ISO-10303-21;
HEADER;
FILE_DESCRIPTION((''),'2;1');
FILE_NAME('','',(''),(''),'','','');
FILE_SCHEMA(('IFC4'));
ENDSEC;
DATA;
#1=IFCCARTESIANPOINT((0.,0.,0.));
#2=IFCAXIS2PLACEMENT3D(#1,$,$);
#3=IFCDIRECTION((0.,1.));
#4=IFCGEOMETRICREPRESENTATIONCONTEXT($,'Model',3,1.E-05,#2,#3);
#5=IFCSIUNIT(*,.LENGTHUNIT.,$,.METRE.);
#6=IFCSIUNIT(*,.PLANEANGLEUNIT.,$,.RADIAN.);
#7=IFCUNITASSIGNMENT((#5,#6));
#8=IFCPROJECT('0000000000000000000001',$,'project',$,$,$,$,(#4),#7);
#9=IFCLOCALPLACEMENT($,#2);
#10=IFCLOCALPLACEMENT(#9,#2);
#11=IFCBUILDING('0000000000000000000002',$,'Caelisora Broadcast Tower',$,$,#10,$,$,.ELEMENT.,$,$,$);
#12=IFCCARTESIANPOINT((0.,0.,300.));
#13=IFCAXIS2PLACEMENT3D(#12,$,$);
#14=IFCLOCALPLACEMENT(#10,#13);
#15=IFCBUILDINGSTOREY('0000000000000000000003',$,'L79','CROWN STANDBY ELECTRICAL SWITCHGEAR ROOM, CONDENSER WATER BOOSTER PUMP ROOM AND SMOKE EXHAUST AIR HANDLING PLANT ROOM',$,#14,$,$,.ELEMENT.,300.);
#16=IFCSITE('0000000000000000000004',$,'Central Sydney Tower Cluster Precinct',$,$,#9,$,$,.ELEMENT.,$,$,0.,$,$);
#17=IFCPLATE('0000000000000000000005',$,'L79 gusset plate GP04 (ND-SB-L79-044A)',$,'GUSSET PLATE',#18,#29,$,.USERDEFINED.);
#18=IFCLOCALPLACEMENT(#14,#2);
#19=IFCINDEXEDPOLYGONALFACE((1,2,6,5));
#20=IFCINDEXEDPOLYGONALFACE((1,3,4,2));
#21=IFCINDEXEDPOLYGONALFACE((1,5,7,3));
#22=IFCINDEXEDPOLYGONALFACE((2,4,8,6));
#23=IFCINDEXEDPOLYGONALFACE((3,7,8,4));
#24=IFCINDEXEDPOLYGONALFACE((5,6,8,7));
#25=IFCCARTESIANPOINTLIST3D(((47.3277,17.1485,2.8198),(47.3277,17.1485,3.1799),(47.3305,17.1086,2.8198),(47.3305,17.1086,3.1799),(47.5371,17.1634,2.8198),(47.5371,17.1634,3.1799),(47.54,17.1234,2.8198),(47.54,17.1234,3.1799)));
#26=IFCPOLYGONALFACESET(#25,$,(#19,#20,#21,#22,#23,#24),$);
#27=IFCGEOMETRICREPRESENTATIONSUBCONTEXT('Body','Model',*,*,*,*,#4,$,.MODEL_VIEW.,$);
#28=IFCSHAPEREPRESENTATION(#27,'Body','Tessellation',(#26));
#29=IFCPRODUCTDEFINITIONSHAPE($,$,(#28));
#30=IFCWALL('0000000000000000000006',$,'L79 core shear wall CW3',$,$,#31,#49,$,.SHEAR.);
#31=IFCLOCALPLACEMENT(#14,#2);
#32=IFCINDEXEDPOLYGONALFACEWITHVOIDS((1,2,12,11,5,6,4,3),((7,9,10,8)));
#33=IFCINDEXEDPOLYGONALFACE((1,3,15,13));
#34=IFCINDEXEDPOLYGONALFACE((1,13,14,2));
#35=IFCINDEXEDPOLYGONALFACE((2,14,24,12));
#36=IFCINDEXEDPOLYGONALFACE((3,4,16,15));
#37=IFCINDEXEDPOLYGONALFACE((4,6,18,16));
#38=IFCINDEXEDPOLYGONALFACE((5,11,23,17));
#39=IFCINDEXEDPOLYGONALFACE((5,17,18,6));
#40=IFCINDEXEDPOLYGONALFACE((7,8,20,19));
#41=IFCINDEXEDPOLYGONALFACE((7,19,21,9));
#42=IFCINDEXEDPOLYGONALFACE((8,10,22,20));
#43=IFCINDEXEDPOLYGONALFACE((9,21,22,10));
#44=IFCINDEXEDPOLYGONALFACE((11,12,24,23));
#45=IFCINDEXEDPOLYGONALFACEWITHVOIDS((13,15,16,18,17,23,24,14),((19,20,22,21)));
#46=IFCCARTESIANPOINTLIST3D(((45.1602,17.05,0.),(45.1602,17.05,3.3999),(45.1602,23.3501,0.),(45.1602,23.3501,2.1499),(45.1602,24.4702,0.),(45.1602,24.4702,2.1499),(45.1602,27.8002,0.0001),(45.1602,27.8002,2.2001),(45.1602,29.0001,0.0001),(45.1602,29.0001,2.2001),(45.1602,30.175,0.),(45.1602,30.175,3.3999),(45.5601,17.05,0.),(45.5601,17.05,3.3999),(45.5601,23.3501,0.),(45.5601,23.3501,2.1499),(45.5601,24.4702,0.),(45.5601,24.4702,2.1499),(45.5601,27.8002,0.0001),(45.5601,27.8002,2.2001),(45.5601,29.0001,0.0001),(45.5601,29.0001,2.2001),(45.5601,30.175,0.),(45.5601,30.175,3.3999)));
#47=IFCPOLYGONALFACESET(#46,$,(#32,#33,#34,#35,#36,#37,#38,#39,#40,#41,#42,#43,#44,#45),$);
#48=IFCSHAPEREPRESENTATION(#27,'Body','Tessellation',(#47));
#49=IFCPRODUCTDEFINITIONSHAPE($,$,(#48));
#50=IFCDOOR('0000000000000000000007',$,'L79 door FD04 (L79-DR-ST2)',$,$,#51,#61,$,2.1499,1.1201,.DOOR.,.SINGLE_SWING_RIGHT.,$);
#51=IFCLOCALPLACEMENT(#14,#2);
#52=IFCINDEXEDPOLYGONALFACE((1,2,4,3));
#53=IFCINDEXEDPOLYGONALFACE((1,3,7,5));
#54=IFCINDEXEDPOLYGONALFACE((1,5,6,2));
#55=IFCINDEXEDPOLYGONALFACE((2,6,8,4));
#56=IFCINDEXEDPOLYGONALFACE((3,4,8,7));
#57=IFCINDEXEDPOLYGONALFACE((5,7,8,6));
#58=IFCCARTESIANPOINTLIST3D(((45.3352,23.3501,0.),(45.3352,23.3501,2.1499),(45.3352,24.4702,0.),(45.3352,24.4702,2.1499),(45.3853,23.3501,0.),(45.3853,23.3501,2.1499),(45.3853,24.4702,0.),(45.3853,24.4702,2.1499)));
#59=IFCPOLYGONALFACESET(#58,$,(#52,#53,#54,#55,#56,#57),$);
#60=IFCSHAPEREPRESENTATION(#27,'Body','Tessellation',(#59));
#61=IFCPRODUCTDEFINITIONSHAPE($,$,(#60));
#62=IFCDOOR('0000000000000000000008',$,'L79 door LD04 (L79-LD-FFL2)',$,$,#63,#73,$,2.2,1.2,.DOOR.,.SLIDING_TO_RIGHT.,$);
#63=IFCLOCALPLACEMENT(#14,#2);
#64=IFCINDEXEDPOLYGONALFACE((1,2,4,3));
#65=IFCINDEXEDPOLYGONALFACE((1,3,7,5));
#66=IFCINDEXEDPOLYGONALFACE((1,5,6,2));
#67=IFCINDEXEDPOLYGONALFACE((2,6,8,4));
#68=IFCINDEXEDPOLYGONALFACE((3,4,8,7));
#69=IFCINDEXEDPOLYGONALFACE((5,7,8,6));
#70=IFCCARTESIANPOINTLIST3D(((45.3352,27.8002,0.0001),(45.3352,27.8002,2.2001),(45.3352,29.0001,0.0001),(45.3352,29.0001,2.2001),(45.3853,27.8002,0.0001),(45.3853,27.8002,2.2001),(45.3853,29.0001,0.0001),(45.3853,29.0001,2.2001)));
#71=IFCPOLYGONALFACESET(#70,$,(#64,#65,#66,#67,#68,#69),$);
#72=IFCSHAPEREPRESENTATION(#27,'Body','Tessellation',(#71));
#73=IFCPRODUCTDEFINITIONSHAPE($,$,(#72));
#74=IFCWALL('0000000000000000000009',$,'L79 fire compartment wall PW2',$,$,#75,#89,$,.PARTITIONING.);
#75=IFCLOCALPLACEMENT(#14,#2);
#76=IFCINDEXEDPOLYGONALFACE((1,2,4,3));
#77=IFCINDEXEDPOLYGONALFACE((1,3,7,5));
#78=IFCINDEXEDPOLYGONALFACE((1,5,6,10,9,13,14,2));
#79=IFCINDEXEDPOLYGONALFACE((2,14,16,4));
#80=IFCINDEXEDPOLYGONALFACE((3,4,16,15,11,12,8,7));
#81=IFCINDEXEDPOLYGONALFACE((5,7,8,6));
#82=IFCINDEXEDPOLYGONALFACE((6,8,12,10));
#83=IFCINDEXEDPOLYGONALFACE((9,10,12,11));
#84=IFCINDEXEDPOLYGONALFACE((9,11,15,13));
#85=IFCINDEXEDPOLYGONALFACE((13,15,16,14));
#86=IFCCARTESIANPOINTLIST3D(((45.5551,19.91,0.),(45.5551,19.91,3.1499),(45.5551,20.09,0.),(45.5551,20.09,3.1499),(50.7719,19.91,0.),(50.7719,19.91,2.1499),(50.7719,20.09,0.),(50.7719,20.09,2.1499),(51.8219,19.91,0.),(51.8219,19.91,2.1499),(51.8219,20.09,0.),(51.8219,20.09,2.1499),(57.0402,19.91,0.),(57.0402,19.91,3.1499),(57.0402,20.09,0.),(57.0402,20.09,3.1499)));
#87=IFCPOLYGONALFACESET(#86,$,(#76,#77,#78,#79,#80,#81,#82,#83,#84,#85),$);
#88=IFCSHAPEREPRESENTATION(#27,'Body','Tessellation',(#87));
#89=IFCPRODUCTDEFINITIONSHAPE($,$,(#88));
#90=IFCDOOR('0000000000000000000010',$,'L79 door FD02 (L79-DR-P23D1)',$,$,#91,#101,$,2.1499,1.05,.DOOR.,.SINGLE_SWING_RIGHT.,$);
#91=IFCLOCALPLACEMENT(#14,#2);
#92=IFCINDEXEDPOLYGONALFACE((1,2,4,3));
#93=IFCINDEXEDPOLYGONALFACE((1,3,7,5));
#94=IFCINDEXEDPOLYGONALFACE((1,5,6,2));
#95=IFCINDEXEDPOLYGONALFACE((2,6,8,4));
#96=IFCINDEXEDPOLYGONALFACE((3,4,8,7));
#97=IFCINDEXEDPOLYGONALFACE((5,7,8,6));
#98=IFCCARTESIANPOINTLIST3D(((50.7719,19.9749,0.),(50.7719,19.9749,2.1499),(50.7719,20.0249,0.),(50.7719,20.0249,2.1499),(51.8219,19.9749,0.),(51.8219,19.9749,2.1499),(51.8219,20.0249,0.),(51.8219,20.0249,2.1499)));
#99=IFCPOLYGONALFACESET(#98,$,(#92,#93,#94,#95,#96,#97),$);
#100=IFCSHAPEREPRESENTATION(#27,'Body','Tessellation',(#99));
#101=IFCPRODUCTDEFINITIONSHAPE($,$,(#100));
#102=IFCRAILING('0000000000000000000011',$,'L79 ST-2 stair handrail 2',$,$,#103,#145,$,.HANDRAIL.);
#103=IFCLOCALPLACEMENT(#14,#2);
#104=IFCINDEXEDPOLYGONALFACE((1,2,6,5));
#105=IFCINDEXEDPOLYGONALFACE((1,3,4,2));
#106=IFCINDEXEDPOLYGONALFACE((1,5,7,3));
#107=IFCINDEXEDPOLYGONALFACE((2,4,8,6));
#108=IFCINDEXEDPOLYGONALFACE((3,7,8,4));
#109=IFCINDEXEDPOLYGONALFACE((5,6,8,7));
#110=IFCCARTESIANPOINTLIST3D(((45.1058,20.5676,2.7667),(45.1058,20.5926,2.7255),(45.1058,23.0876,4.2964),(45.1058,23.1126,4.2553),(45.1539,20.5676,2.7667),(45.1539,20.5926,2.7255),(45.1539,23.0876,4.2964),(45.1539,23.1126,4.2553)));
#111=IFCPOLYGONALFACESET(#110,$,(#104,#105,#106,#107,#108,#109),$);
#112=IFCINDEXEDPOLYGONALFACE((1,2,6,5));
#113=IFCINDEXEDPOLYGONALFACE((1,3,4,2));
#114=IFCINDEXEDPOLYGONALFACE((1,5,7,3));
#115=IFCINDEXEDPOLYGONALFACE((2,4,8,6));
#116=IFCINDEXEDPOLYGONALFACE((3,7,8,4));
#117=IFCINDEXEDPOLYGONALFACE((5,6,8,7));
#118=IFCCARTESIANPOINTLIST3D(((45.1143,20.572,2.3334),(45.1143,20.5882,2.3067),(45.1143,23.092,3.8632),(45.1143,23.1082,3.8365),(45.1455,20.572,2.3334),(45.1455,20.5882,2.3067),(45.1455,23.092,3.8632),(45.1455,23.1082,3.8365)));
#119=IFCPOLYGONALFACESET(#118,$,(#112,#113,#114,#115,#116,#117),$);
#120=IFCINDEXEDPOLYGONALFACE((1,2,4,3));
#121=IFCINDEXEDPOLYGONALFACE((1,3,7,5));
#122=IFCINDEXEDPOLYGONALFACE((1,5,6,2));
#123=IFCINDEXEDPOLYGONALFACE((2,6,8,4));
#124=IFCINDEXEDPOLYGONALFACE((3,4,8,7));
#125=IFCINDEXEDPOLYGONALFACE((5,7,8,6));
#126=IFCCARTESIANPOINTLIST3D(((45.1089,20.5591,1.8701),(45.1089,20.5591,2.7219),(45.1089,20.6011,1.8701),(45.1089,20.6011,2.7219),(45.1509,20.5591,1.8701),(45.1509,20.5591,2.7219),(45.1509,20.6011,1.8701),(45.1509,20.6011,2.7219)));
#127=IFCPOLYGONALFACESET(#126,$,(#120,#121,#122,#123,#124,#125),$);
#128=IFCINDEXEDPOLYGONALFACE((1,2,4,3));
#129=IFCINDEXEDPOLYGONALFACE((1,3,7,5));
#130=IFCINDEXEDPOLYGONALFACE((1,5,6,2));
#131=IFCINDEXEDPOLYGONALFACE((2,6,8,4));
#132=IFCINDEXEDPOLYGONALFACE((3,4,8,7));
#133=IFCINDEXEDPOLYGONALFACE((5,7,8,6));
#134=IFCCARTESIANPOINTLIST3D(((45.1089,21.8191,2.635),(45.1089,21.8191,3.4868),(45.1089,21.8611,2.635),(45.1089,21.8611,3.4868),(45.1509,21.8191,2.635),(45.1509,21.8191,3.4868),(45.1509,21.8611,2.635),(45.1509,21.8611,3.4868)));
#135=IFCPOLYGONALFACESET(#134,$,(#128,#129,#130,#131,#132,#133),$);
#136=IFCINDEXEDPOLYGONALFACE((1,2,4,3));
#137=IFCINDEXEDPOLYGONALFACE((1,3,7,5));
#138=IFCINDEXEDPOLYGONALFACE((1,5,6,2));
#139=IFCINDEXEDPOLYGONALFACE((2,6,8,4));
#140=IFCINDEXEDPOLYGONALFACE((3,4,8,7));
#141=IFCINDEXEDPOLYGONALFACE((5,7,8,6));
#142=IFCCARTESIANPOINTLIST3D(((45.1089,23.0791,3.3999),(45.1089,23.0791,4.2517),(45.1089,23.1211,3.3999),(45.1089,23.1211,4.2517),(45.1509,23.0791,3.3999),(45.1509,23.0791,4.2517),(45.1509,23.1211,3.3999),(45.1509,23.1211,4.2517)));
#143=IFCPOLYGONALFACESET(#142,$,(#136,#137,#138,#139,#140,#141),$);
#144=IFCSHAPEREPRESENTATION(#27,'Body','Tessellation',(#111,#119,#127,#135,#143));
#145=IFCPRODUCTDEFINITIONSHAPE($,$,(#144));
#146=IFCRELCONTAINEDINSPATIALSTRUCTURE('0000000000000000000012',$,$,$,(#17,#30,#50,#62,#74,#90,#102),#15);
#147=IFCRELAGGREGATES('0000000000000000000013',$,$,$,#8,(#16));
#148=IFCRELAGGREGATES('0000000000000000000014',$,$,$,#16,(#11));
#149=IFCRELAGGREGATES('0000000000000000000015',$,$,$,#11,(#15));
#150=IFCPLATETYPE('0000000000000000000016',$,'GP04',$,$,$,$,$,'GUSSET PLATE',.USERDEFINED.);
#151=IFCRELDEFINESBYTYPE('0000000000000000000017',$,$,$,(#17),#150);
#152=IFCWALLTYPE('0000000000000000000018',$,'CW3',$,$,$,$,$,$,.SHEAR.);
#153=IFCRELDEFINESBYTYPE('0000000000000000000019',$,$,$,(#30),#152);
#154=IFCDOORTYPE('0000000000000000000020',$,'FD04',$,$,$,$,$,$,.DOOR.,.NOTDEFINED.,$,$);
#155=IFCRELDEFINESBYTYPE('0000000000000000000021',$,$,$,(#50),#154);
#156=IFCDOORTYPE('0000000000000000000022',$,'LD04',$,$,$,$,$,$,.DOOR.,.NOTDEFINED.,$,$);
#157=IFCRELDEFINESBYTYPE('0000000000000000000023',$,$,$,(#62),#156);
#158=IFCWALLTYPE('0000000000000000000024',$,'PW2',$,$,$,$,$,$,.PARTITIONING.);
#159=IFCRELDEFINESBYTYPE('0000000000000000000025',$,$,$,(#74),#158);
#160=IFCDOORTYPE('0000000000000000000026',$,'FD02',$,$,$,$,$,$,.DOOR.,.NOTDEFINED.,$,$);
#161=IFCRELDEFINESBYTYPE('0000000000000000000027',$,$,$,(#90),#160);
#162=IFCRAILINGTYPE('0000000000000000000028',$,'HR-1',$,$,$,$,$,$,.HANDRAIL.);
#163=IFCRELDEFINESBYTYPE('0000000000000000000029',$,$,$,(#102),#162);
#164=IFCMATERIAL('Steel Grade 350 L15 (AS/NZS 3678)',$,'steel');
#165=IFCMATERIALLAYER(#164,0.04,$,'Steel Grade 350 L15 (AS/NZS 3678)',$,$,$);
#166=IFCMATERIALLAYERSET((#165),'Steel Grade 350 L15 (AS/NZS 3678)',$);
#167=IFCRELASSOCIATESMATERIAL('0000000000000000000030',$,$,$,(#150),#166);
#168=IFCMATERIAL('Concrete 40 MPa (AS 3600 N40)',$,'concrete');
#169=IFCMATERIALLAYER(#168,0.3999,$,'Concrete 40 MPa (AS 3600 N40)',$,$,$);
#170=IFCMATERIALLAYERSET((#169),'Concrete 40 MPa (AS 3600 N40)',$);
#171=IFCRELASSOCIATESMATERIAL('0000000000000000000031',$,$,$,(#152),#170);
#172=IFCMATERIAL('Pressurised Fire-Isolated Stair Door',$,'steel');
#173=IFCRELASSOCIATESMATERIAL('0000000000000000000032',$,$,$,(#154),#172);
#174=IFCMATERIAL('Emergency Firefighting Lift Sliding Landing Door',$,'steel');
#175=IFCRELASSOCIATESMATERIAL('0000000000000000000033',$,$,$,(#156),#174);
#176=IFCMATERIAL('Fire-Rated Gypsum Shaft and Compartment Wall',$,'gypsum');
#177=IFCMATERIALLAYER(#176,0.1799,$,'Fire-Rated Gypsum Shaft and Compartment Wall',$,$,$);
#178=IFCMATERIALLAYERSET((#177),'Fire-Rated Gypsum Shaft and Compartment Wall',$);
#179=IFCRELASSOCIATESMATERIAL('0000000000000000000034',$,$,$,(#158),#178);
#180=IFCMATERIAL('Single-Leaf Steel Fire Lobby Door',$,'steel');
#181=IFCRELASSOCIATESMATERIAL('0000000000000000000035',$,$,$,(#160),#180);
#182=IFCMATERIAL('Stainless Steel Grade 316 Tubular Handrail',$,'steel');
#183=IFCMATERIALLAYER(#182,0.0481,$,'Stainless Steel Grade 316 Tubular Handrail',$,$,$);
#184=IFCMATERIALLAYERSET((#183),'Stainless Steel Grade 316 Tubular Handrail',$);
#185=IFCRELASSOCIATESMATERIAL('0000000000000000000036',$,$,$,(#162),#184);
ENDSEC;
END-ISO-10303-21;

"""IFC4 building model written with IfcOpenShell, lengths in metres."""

from ifc_helpers import new_model, si_unit, direction, frame, frame_2d, origin, origin_2d, place, context, subcontext, project, spatial, rectangle, extrude, source, transform, mapped, material, layer, layer_set, type_object, element, fill, save


model = new_model("IFC4")

# Units and contexts
model_context = context("Model", 3, precision=1e-05, world=origin(), true_north=direction((0.0, 1.0)))
body_context = subcontext(model_context, "Body", "Model", "MODEL_VIEW")
ifc_project = project(units=[si_unit("LENGTHUNIT", "METRE"), si_unit("PLANEANGLEUNIT", "RADIAN")], contexts=[model_context])

# Site, building, storey
site_placement = place(None, origin())
site = spatial("IfcSite", under=ifc_project, at=site_placement, Name="Central Sydney Tower Cluster Precinct", CompositionType="ELEMENT", RefElevation=0.0)
building_placement = place(site_placement, origin())
building = spatial("IfcBuilding", under=site, at=building_placement, Name="Caelisora Broadcast Tower", CompositionType="ELEMENT")
storey_placement = place(building_placement, frame((0.0, 0.0, 300.0)))
storey = spatial("IfcBuildingStorey", under=building, at=storey_placement, Name="L79", Description="CROWN STANDBY ELECTRICAL SWITCHGEAR ROOM, CONDENSER WATER BOOSTER PUMP ROOM AND SMOKE EXHAUST AIR HANDLING PLANT ROOM", CompositionType="ELEMENT", Elevation=300.0)

# Plate
ifc_material_1 = material(Name="Steel Grade 350 L15 (AS/NZS 3678)", Category="steel")
ifc_layer_1 = layer(ifc_material_1, 0.04, Name="Steel Grade 350 L15 (AS/NZS 3678)")
ifc_layer_set_1 = layer_set([ifc_layer_1], Name="Steel Grade 350 L15 (AS/NZS 3678)")
plate_type = type_object("IfcPlateType", Name="GP04", ElementType="GUSSET PLATE", PredefinedType="USERDEFINED", material=ifc_layer_set_1)
shared_shape_1 = source(origin(), body_context, "Body", "SweptSolid", [
    extrude(rectangle(XDim=0.21, YDim=0.04, at=origin_2d()), origin(), (0.0, 0.0, 1.0), 0.3601),
])
for number, where, z_axis, x_axis, name in (
    (1, (47.4338, 17.136, 2.8198), (0.0, 0.0, 1.0), (-0.99749, -0.070801, 0.0), "L79 gusset plate GP04 (ND-SB-L79-044A)"),
):
    element("IfcPlate", number, at=place(storey_placement, frame(where, z_axis=z_axis, x_axis=x_axis)), inside=storey, type_object=plate_type, Name=name, ObjectType="GUSSET PLATE", PredefinedType="USERDEFINED", context=body_context, shape_type="MappedRepresentation", body=[
        mapped(shared_shape_1, transform((0.0, 0.0, 0.0), scale=1.0)),
    ])

# Wall, openings, doors
ifc_material_2 = material(Name="Concrete 40 MPa (AS 3600 N40)", Category="concrete")
ifc_layer_2 = layer(ifc_material_2, 0.3999, Name="Concrete 40 MPa (AS 3600 N40)")
ifc_layer_set_2 = layer_set([ifc_layer_2], Name="Concrete 40 MPa (AS 3600 N40)")
wall_type_1 = type_object("IfcWallType", Name="CW3", PredefinedType="SHEAR", material=ifc_layer_set_2)
wall_1_placement = place(storey_placement, frame((45.3601, 17.05, 0.0), z_axis=(0.0, 0.0, 1.0), x_axis=(0.0, 1.0, 0.0)))
wall_1 = element("IfcWall", 2, at=wall_1_placement, inside=storey, type_object=wall_type_1, Name="L79 core shear wall CW3", PredefinedType="SHEAR", context=body_context, shape_type="SweptSolid", body=[
    extrude(rectangle(XDim=13.125, YDim=0.3999, at=frame_2d((6.5625, 0.0))), origin(), (0.0, 0.0, 1.0), 3.3999),
])
opening_1_placement = place(wall_1_placement, frame((6.3, 0.0, 0.0)))
opening_1 = element("IfcOpeningElement", 3, at=opening_1_placement, cuts=wall_1, PredefinedType="OPENING", context=body_context, shape_type="SweptSolid", body=[
    extrude(rectangle(XDim=1.1201, YDim=2.1499, at=frame_2d((0.5601, 1.075))), frame((0.0, 0.2119, 0.0), z_axis=(0.0, -1.0, 0.0), x_axis=(1.0, 0.0, 0.0)), (0.0, 0.0, 1.0), 0.4238),
])
opening_2_placement = place(wall_1_placement, frame((10.75, 0.0, 0.0)))
opening_2 = element("IfcOpeningElement", 4, at=opening_2_placement, cuts=wall_1, PredefinedType="OPENING", context=body_context, shape_type="SweptSolid", body=[
    extrude(rectangle(XDim=1.2, YDim=2.2, at=frame_2d((0.6001, 1.1001))), frame((0.0, 0.2119, 0.0), z_axis=(0.0, -1.0, 0.0), x_axis=(1.0, 0.0, 0.0)), (0.0, 0.0, 1.0), 0.4238),
])
ifc_material_3 = material(Name="Pressurised Fire-Isolated Stair Door", Category="steel")
door_type_1 = type_object("IfcDoorType", Name="FD04", OperationType="NOTDEFINED", PredefinedType="DOOR", material=ifc_material_3)
door_1_placement = place(opening_1_placement, origin())
door_1 = element("IfcDoor", 5, at=door_1_placement, inside=storey, type_object=door_type_1, Name="L79 door FD04 (L79-DR-ST2)", OperationType="SINGLE_SWING_RIGHT", OverallHeight=2.1499, OverallWidth=1.1201, PredefinedType="DOOR", context=body_context, shape_type="SweptSolid", body=[
    extrude(rectangle(XDim=1.1201, YDim=2.1499, at=frame_2d((0.5601, 1.075))), frame((0.0, 0.0249, 0.0), z_axis=(0.0, -1.0, 0.0), x_axis=(1.0, 0.0, 0.0)), (0.0, 0.0, 1.0), 0.05),
])
fill(opening_1, door_1)
ifc_material_4 = material(Name="Emergency Firefighting Lift Sliding Landing Door", Category="steel")
door_type_2 = type_object("IfcDoorType", Name="LD04", OperationType="NOTDEFINED", PredefinedType="DOOR", material=ifc_material_4)
door_2_placement = place(opening_2_placement, origin())
door_2 = element("IfcDoor", 6, at=door_2_placement, inside=storey, type_object=door_type_2, Name="L79 door LD04 (L79-LD-FFL2)", OperationType="SLIDING_TO_RIGHT", OverallHeight=2.2, OverallWidth=1.2, PredefinedType="DOOR", context=body_context, shape_type="SweptSolid", body=[
    extrude(rectangle(XDim=1.2, YDim=2.2, at=frame_2d((0.6001, 1.1001))), frame((0.0, 0.0249, 0.0), z_axis=(0.0, -1.0, 0.0), x_axis=(1.0, 0.0, 0.0)), (0.0, 0.0, 1.0), 0.05),
])
fill(opening_2, door_2)

# Wall, opening, door
ifc_material_5 = material(Name="Fire-Rated Gypsum Shaft and Compartment Wall", Category="gypsum")
ifc_layer_3 = layer(ifc_material_5, 0.1799, Name="Fire-Rated Gypsum Shaft and Compartment Wall")
ifc_layer_set_3 = layer_set([ifc_layer_3], Name="Fire-Rated Gypsum Shaft and Compartment Wall")
wall_type_2 = type_object("IfcWallType", Name="PW2", PredefinedType="PARTITIONING", material=ifc_layer_set_3)
wall_2_placement = place(storey_placement, frame((45.5549, 20.0, 0.0), z_axis=(0.0, 0.0, 1.0), x_axis=(1.0, 0.0, 0.0)))
wall_2 = element("IfcWall", 7, at=wall_2_placement, inside=storey, type_object=wall_type_2, Name="L79 fire compartment wall PW2", PredefinedType="PARTITIONING", context=body_context, shape_type="SweptSolid", body=[
    extrude(rectangle(XDim=11.4851, YDim=0.1799, at=frame_2d((5.7427, 0.0))), origin(), (0.0, 0.0, 1.0), 3.1499),
])
opening_3_placement = place(wall_2_placement, frame((5.217, 0.0, 0.0)))
opening_3 = element("IfcOpeningElement", 8, at=opening_3_placement, cuts=wall_2, PredefinedType="OPENING", context=body_context, shape_type="SweptSolid", body=[
    extrude(rectangle(XDim=1.05, YDim=2.1499, at=frame_2d((0.5249, 1.075))), frame((0.0, 0.1021, 0.0), z_axis=(0.0, -1.0, 0.0), x_axis=(1.0, 0.0, 0.0)), (0.0, 0.0, 1.0), 0.2039),
])
ifc_material_6 = material(Name="Single-Leaf Steel Fire Lobby Door", Category="steel")
door_type_3 = type_object("IfcDoorType", Name="FD02", OperationType="NOTDEFINED", PredefinedType="DOOR", material=ifc_material_6)
door_3_placement = place(opening_3_placement, origin())
door_3 = element("IfcDoor", 9, at=door_3_placement, inside=storey, type_object=door_type_3, Name="L79 door FD02 (L79-DR-P23D1)", OperationType="SINGLE_SWING_RIGHT", OverallHeight=2.1499, OverallWidth=1.05, PredefinedType="DOOR", context=body_context, shape_type="SweptSolid", body=[
    extrude(rectangle(XDim=1.05, YDim=2.1499, at=frame_2d((0.5249, 1.075))), frame((0.0, 0.0249, 0.0), z_axis=(0.0, -1.0, 0.0), x_axis=(1.0, 0.0, 0.0)), (0.0, 0.0, 1.0), 0.05),
])
fill(opening_3, door_3)

# Railing
ifc_material_7 = material(Name="Stainless Steel Grade 316 Tubular Handrail", Category="steel")
ifc_layer_4 = layer(ifc_material_7, 0.0481, Name="Stainless Steel Grade 316 Tubular Handrail")
ifc_layer_set_4 = layer_set([ifc_layer_4], Name="Stainless Steel Grade 316 Tubular Handrail")
railing_type = type_object("IfcRailingType", Name="HR-1", PredefinedType="HANDRAIL", material=ifc_layer_set_4)
railing_placement = place(storey_placement, frame((45.1299, 20.5801, 1.8701)))
element("IfcRailing", 10, at=railing_placement, inside=storey, type_object=railing_type, Name="L79 ST-2 stair handrail 2", PredefinedType="HANDRAIL", context=body_context, shape_type="SweptSolid", body=[
    extrude(rectangle(XDim=0.0481, YDim=0.0481, at=origin_2d()), frame((0.0, 0.0, 0.876), z_axis=(0.0, 0.854822, 0.518922), x_axis=(-1.0, 0.0, 0.0)), (0.0, 0.0, 1.0), 2.948),
    extrude(rectangle(XDim=0.0312, YDim=0.0312, at=origin_2d()), frame((0.0, 0.0, 0.45), z_axis=(0.0, 0.854822, 0.518922), x_axis=(-1.0, 0.0, 0.0)), (0.0, 0.0, 1.0), 2.948),
    extrude(rectangle(XDim=0.042, YDim=0.042, at=origin_2d()), origin(), (0.0, 0.0, 1.0), 0.8518),
    extrude(rectangle(XDim=0.042, YDim=0.042, at=origin_2d()), frame((0.0, 1.26, 0.7649)), (0.0, 0.0, 1.0), 0.8518),
    extrude(rectangle(XDim=0.042, YDim=0.042, at=origin_2d()), frame((0.0, 2.52, 1.5298)), (0.0, 0.0, 1.0), 0.8518),
])

save(model, "model.ifc")
